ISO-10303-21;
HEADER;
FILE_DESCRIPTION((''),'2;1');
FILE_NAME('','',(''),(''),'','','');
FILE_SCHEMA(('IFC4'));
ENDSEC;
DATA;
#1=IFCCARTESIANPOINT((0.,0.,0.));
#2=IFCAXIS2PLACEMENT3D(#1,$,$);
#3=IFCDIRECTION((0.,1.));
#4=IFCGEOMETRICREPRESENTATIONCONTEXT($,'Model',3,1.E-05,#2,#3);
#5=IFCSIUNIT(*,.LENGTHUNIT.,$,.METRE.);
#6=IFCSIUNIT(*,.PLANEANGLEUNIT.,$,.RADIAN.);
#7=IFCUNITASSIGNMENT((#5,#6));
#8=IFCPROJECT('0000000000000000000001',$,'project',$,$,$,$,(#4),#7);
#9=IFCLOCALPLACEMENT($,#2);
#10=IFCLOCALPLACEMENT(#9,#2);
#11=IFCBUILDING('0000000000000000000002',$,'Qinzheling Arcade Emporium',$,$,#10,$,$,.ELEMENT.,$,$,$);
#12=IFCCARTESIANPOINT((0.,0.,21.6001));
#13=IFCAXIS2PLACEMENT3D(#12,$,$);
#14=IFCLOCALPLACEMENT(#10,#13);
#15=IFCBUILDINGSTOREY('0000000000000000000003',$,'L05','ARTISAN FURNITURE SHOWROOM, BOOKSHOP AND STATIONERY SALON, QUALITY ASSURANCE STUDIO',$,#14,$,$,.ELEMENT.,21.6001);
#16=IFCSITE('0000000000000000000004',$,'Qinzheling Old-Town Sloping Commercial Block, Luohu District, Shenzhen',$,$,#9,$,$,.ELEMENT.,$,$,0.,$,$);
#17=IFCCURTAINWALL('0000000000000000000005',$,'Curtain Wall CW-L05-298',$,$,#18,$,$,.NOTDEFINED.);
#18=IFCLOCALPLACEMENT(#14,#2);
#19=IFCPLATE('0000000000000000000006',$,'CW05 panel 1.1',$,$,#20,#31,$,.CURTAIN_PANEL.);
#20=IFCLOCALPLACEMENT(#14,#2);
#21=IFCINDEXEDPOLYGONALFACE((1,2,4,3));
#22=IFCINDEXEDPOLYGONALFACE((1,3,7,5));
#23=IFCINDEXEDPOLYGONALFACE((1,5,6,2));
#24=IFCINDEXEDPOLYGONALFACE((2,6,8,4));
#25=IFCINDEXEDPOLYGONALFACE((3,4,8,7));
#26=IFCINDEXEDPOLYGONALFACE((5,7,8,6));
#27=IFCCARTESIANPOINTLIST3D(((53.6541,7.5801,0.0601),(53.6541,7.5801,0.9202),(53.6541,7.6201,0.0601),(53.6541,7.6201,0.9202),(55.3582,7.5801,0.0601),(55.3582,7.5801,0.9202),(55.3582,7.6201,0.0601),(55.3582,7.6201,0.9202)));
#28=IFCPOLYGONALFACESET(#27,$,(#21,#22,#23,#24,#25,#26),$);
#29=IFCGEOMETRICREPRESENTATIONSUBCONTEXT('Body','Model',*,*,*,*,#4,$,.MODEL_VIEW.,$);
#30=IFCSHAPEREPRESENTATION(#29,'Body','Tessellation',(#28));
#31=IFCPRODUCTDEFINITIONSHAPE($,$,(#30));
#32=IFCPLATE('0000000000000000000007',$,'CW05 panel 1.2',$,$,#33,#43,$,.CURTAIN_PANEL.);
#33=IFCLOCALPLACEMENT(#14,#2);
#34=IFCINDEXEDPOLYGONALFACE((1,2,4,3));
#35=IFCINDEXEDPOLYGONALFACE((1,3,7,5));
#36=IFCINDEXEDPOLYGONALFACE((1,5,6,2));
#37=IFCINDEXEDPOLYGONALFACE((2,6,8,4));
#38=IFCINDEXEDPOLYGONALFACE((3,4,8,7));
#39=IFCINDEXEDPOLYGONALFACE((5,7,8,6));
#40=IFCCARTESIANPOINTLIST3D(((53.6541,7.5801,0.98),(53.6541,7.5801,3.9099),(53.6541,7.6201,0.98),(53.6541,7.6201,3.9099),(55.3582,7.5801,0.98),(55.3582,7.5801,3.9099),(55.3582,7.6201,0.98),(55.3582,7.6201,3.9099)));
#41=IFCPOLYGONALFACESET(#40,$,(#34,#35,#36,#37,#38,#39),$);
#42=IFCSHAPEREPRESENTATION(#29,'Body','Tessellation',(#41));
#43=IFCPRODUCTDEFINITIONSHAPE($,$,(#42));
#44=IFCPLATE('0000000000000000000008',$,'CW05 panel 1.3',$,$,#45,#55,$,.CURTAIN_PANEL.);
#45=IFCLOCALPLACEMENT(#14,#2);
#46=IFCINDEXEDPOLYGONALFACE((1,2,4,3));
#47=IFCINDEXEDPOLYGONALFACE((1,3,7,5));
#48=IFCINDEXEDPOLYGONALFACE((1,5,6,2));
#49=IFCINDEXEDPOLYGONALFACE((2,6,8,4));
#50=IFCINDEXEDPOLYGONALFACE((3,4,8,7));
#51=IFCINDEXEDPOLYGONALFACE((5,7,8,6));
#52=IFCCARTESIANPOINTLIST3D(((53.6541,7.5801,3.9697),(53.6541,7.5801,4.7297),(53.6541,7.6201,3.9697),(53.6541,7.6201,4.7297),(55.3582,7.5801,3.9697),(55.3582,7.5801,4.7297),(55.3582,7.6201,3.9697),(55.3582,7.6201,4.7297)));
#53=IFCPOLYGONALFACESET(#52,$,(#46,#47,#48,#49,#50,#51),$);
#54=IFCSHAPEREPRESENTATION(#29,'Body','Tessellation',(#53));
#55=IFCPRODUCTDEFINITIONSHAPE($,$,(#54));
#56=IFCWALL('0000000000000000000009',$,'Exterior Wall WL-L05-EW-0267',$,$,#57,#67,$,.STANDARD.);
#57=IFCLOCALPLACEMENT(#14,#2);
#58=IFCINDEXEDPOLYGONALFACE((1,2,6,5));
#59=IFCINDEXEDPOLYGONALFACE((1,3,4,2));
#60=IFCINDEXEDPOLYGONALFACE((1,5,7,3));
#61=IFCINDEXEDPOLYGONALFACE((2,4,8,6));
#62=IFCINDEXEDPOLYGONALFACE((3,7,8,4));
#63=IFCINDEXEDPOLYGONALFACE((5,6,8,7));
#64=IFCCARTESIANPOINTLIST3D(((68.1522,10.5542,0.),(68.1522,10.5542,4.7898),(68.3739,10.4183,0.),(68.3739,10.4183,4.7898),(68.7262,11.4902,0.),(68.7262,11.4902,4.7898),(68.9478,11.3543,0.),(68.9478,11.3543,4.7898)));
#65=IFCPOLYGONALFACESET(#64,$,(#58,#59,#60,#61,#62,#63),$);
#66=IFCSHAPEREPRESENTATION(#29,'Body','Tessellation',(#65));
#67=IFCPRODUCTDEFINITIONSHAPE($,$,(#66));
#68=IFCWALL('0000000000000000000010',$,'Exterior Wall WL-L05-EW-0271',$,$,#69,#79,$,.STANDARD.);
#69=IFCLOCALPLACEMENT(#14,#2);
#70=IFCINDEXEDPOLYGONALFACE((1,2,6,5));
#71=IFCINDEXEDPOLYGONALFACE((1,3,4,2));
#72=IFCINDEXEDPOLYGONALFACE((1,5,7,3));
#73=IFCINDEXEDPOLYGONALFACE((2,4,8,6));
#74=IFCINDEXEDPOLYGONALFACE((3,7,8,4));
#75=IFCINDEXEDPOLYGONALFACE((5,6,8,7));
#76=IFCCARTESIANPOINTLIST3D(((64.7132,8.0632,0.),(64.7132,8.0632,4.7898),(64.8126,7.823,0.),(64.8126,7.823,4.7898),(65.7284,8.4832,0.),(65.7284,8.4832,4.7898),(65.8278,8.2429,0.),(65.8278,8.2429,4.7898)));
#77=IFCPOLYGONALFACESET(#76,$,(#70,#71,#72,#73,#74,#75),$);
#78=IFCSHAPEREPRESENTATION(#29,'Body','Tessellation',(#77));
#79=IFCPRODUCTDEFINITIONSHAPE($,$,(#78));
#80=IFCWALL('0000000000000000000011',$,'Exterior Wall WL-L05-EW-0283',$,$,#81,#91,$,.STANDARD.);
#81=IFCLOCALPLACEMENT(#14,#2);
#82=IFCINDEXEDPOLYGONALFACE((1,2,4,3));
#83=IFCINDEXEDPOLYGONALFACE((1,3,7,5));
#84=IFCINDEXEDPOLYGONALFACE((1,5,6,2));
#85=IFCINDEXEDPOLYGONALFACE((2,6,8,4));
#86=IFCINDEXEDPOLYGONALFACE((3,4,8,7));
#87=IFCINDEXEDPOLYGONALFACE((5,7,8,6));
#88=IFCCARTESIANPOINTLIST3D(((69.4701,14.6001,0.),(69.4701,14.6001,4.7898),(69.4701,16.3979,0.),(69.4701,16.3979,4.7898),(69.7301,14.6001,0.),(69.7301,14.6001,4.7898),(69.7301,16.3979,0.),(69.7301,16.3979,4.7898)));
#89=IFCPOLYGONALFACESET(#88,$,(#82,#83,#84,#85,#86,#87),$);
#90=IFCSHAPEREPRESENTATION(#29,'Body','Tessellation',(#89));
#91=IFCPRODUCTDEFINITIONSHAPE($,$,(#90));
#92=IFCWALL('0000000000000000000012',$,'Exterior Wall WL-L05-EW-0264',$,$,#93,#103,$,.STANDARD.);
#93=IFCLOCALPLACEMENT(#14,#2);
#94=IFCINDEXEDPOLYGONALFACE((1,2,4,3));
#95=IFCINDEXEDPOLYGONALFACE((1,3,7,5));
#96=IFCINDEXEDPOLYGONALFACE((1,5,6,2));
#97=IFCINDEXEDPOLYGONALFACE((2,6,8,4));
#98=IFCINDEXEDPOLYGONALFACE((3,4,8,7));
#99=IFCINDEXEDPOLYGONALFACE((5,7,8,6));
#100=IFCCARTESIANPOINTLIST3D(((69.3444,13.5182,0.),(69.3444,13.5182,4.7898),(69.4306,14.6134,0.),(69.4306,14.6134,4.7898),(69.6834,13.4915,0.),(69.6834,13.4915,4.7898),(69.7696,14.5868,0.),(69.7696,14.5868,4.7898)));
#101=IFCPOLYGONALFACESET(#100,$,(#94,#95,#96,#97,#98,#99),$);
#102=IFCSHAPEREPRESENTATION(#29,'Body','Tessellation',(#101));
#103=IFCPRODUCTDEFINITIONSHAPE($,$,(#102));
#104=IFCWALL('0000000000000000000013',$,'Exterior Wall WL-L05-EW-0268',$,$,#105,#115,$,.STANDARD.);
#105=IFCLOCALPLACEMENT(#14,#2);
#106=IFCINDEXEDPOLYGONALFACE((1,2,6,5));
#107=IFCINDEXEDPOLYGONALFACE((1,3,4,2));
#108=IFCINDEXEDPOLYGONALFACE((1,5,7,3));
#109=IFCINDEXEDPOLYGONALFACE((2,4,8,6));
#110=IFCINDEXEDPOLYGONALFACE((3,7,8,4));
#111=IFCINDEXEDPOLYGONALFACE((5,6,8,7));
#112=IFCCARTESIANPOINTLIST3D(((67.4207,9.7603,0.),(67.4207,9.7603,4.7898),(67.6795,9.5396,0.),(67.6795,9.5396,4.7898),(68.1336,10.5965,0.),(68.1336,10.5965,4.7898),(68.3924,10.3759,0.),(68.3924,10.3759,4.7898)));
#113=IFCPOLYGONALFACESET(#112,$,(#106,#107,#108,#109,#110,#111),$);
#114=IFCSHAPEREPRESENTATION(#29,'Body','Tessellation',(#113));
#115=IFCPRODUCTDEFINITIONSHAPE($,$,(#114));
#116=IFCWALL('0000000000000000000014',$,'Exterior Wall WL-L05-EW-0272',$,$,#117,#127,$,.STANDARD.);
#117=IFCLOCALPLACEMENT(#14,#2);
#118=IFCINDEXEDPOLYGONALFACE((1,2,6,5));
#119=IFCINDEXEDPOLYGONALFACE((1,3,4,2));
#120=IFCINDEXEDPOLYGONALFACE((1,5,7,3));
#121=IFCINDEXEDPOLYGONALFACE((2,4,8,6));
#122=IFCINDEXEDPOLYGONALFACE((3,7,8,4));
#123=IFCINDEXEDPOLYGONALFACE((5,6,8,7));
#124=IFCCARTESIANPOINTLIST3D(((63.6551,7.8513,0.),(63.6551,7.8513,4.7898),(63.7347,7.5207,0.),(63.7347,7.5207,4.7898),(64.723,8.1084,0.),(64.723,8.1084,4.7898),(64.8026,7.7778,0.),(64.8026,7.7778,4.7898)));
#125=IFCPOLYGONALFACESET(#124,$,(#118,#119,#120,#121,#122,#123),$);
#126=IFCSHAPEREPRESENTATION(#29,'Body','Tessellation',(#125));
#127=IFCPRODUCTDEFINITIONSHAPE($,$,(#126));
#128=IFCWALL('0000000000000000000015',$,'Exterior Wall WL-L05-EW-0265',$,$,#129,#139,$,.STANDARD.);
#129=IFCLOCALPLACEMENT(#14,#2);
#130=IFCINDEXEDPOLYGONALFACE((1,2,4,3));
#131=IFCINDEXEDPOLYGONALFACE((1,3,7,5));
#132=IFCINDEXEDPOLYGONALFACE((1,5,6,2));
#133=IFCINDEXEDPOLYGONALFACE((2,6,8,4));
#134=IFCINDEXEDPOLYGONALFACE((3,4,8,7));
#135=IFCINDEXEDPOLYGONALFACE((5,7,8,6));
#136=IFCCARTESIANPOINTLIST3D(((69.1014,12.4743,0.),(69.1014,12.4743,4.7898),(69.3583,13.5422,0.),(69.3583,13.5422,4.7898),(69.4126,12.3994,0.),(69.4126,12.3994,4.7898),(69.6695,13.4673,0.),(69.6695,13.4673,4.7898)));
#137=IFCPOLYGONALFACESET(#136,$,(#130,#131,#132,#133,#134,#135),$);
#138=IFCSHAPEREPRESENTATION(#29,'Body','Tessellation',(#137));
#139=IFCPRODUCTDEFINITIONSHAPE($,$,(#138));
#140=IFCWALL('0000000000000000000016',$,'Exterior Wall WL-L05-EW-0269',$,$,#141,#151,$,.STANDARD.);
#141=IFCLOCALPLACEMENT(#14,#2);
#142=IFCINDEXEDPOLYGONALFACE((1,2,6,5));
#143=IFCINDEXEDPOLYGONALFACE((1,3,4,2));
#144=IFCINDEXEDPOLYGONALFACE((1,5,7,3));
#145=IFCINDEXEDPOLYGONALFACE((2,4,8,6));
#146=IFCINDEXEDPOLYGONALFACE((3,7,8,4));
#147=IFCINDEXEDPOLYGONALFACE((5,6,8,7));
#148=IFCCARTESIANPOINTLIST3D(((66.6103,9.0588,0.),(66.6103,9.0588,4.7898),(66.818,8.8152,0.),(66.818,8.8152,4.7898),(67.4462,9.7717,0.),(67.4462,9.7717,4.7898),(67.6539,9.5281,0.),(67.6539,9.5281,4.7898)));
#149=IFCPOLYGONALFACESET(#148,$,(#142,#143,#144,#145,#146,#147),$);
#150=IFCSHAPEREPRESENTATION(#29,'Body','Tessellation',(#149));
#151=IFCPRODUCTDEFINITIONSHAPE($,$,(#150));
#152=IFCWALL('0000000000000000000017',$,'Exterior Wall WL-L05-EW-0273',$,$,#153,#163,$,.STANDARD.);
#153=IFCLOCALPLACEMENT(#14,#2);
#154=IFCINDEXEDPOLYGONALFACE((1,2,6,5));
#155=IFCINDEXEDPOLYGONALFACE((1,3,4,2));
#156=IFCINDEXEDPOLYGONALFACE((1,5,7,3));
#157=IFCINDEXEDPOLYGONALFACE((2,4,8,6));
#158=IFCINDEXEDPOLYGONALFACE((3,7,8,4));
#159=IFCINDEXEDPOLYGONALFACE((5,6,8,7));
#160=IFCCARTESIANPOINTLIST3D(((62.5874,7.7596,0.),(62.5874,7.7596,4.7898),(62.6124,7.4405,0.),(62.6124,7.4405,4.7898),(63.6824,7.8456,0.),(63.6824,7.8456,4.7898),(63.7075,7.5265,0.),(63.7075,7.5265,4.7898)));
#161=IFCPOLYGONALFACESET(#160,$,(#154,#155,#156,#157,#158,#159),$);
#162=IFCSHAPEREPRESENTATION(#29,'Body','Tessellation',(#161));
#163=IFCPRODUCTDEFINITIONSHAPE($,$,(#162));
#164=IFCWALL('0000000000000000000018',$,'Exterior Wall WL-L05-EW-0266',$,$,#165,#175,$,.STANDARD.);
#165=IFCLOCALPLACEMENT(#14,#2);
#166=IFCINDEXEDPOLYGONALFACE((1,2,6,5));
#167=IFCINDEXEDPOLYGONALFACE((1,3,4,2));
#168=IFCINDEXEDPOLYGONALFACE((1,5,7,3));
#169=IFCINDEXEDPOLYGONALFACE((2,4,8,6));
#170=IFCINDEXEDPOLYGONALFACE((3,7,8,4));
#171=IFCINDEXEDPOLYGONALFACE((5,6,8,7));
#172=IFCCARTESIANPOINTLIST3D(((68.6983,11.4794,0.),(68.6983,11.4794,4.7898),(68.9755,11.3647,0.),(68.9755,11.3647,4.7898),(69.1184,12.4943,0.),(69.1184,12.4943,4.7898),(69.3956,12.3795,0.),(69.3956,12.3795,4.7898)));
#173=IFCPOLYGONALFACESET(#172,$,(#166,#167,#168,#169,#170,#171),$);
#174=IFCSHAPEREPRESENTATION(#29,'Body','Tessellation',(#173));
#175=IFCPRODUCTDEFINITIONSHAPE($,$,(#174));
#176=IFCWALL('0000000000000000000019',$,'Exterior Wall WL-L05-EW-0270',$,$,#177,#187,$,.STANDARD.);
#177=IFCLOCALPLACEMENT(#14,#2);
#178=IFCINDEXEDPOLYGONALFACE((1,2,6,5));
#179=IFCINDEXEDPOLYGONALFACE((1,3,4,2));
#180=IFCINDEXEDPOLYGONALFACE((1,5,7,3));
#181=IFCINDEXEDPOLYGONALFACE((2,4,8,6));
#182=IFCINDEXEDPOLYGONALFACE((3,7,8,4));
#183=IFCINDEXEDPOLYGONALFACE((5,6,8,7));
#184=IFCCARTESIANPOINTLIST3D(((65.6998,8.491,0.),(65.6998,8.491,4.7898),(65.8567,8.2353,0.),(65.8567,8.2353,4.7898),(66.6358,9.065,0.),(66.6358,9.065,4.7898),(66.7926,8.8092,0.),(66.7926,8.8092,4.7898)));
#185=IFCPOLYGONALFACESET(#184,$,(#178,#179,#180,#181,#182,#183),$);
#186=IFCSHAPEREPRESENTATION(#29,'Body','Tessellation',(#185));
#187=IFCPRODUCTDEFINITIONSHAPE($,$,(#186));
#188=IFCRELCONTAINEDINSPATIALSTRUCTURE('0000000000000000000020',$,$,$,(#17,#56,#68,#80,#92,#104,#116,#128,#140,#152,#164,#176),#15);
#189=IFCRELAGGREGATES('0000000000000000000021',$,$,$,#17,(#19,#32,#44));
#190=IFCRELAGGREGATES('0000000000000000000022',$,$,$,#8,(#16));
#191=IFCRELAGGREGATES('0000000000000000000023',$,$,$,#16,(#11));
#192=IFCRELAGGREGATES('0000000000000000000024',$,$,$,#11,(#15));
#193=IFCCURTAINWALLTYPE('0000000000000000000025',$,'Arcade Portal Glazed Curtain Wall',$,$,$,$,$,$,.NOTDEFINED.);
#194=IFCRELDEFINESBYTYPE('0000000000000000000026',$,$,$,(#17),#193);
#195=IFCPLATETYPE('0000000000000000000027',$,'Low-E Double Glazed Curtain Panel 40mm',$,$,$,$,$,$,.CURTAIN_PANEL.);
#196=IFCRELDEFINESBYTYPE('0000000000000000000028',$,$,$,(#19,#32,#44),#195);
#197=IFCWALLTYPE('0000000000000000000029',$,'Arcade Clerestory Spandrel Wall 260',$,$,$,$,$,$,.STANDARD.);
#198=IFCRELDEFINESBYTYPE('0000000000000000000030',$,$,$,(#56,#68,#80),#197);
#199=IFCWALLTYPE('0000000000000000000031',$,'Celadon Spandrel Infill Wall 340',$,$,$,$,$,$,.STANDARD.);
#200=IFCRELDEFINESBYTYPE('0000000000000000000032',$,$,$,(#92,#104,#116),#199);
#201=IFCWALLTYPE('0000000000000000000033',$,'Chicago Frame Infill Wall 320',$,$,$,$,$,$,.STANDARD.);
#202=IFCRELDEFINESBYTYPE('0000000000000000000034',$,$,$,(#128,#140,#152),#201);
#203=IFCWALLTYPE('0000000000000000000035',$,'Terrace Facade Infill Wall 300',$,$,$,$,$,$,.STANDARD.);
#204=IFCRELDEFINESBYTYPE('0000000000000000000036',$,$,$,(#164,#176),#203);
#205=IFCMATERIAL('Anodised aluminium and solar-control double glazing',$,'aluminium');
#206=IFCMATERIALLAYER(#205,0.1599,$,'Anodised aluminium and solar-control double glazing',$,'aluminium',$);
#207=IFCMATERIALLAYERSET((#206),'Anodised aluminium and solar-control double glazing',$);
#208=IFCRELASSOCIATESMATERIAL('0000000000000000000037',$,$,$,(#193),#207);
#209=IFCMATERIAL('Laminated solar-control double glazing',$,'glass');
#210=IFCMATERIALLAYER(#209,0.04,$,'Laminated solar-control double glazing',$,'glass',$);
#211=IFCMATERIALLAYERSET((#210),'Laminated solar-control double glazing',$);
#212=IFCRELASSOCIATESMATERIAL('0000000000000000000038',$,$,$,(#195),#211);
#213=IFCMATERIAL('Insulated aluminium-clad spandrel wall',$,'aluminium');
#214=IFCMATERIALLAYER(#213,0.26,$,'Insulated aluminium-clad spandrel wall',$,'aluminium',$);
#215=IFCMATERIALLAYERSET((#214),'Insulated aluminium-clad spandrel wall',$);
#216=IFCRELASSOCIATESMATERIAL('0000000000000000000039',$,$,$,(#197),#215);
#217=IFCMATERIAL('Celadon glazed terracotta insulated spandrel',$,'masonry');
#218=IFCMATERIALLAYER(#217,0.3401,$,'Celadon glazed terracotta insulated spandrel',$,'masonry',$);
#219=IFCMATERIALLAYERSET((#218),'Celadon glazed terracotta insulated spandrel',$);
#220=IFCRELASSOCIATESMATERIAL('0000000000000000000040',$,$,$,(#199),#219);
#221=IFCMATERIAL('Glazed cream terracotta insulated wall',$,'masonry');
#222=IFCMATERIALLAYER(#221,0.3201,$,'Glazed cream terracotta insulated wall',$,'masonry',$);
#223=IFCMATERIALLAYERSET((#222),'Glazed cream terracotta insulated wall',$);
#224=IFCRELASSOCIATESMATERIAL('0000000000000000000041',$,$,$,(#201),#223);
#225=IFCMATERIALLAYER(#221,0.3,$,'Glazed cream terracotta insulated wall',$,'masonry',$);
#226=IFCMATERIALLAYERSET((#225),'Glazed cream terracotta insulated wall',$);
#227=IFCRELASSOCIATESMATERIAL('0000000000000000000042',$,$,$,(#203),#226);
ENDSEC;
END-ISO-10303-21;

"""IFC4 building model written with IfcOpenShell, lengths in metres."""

from ifc_helpers import new_model, si_unit, direction, frame, frame_2d, origin, origin_2d, place, context, subcontext, project, spatial, rectangle, extrude, material, layer, layer_set, type_object, element, aggregate, save


model = new_model("IFC4")

# Units and contexts
model_context = context("Model", 3, precision=1e-05, world=origin(), true_north=direction((0.0, 1.0)))
body_context = subcontext(model_context, "Body", "Model", "MODEL_VIEW")
ifc_project = project(units=[si_unit("LENGTHUNIT", "METRE"), si_unit("PLANEANGLEUNIT", "RADIAN")], contexts=[model_context])

# Site, building, storey
site_placement = place(None, origin())
site = spatial("IfcSite", under=ifc_project, at=site_placement, Name="Qinzheling Old-Town Sloping Commercial Block, Luohu District, Shenzhen", CompositionType="ELEMENT", RefElevation=0.0)
building_placement = place(site_placement, origin())
building = spatial("IfcBuilding", under=site, at=building_placement, Name="Qinzheling Arcade Emporium", CompositionType="ELEMENT")
storey_placement = place(building_placement, frame((0.0, 0.0, 21.6001)))
storey = spatial("IfcBuildingStorey", under=building, at=storey_placement, Name="L05", Description="ARTISAN FURNITURE SHOWROOM, BOOKSHOP AND STATIONERY SALON, QUALITY ASSURANCE STUDIO", CompositionType="ELEMENT", Elevation=21.6001)

# Curtain wall
ifc_material_1 = material(Name="Anodised aluminium and solar-control double glazing", Category="aluminium")
ifc_layer_1 = layer(ifc_material_1, 0.1599, Name="Anodised aluminium and solar-control double glazing", Category="aluminium")
ifc_layer_set_1 = layer_set([ifc_layer_1], Name="Anodised aluminium and solar-control double glazing")
curtain_wall_type = type_object("IfcCurtainWallType", Name="Arcade Portal Glazed Curtain Wall", PredefinedType="NOTDEFINED", material=ifc_layer_set_1)
curtain_wall_placement = place(storey_placement, origin())
curtain_wall = element("IfcCurtainWall", 1, at=curtain_wall_placement, inside=storey, type_object=curtain_wall_type, Name="Curtain Wall CW-L05-298", PredefinedType="NOTDEFINED")

# Plates
ifc_material_2 = material(Name="Laminated solar-control double glazing", Category="glass")
ifc_layer_2 = layer(ifc_material_2, 0.04, Name="Laminated solar-control double glazing", Category="glass")
ifc_layer_set_2 = layer_set([ifc_layer_2], Name="Laminated solar-control double glazing")
plate_type = type_object("IfcPlateType", Name="Low-E Double Glazed Curtain Panel 40mm", PredefinedType="CURTAIN_PANEL", material=ifc_layer_set_2)
plate_1_placement = place(storey_placement, frame((54.5061, 7.6001, 0.0601), z_axis=(0.0, 0.0, 1.0), x_axis=(-1.0, 0.0, 0.0)))
plate_1 = element("IfcPlate", 2, at=plate_1_placement, type_object=plate_type, Name="CW05 panel 1.1", PredefinedType="CURTAIN_PANEL", context=body_context, shape_type="SweptSolid", body=[
    extrude(rectangle(XDim=1.7041, YDim=0.04, at=origin_2d()), origin(), (0.0, 0.0, 1.0), 0.8601),
])
plate_2_placement = place(storey_placement, frame((54.5061, 7.6001, 0.98), z_axis=(0.0, 0.0, 1.0), x_axis=(-1.0, 0.0, 0.0)))
plate_2 = element("IfcPlate", 3, at=plate_2_placement, type_object=plate_type, Name="CW05 panel 1.2", PredefinedType="CURTAIN_PANEL", context=body_context, shape_type="SweptSolid", body=[
    extrude(rectangle(XDim=1.7041, YDim=0.04, at=origin_2d()), origin(), (0.0, 0.0, 1.0), 2.9299),
])
plate_3_placement = place(storey_placement, frame((54.5061, 7.6001, 3.9697), z_axis=(0.0, 0.0, 1.0), x_axis=(-1.0, 0.0, 0.0)))
plate_3 = element("IfcPlate", 4, at=plate_3_placement, type_object=plate_type, Name="CW05 panel 1.3", PredefinedType="CURTAIN_PANEL", context=body_context, shape_type="SweptSolid", body=[
    extrude(rectangle(XDim=1.7041, YDim=0.04, at=origin_2d()), origin(), (0.0, 0.0, 1.0), 0.76),
])
aggregate(curtain_wall, [plate_1, plate_2, plate_3])

# Walls
ifc_material_3 = material(Name="Insulated aluminium-clad spandrel wall", Category="aluminium")
ifc_layer_3 = layer(ifc_material_3, 0.26, Name="Insulated aluminium-clad spandrel wall", Category="aluminium")
ifc_layer_set_3 = layer_set([ifc_layer_3], Name="Insulated aluminium-clad spandrel wall")
wall_type_1 = type_object("IfcWallType", Name="Arcade Clerestory Spandrel Wall 260", PredefinedType="STANDARD", material=ifc_layer_set_3)
wall_1_placement = place(storey_placement, frame((68.8369, 11.4221, 0.0), z_axis=(0.0, 0.0, 1.0), x_axis=(-0.522745, -0.852489, 0.0)))
element("IfcWall", 5, at=wall_1_placement, inside=storey, type_object=wall_type_1, Name="Exterior Wall WL-L05-EW-0267", PredefinedType="STANDARD", context=body_context, shape_type="SweptSolid", body=[
    extrude(rectangle(XDim=1.0979, YDim=0.26, at=frame_2d((0.5488, 0.0))), origin(), (0.0, 0.0, 1.0), 4.7898),
])
wall_2_placement = place(storey_placement, frame((65.7781, 8.363, 0.0), z_axis=(0.0, 0.0, 1.0), x_axis=(-0.92406, -0.382247, 0.0)))
element("IfcWall", 6, at=wall_2_placement, inside=storey, type_object=wall_type_1, Name="Exterior Wall WL-L05-EW-0271", PredefinedType="STANDARD", context=body_context, shape_type="SweptSolid", body=[
    extrude(rectangle(XDim=1.0986, YDim=0.26, at=frame_2d((0.5493, 0.0))), origin(), (0.0, 0.0, 1.0), 4.7898),
])
wall_3_placement = place(storey_placement, frame((69.6001, 16.3979, 0.0), z_axis=(0.0, 0.0, 1.0), x_axis=(0.0, -1.0, 0.0)))
element("IfcWall", 7, at=wall_3_placement, inside=storey, type_object=wall_type_1, Name="Exterior Wall WL-L05-EW-0283", PredefinedType="STANDARD", context=body_context, shape_type="SweptSolid", body=[
    extrude(rectangle(XDim=1.7979, YDim=0.26, at=frame_2d((0.8989, 0.0))), origin(), (0.0, 0.0, 1.0), 4.7898),
])
ifc_material_4 = material(Name="Celadon glazed terracotta insulated spandrel", Category="masonry")
ifc_layer_4 = layer(ifc_material_4, 0.3401, Name="Celadon glazed terracotta insulated spandrel", Category="masonry")
ifc_layer_set_4 = layer_set([ifc_layer_4], Name="Celadon glazed terracotta insulated spandrel")
wall_type_2 = type_object("IfcWallType", Name="Celadon Spandrel Infill Wall 340", PredefinedType="STANDARD", material=ifc_layer_set_4)
wall_4_placement = place(storey_placement, frame((69.6001, 14.6001, 0.0), z_axis=(0.0, 0.0, 1.0), x_axis=(-0.078447, -0.996918, 0.0)))
element("IfcWall", 8, at=wall_4_placement, inside=storey, type_object=wall_type_2, Name="Exterior Wall WL-L05-EW-0264", PredefinedType="STANDARD", context=body_context, shape_type="SweptSolid", body=[
    extrude(rectangle(XDim=1.0986, YDim=0.3401, at=frame_2d((0.5493, 0.0))), origin(), (0.0, 0.0, 1.0), 4.7898),
])
wall_5_placement = place(storey_placement, frame((68.2629, 10.4861, 0.0), z_axis=(0.0, 0.0, 1.0), x_axis=(-0.648776, -0.760979, 0.0)))
element("IfcWall", 9, at=wall_5_placement, inside=storey, type_object=wall_type_2, Name="Exterior Wall WL-L05-EW-0268", PredefinedType="STANDARD", context=body_context, shape_type="SweptSolid", body=[
    extrude(rectangle(XDim=1.0989, YDim=0.3401, at=frame_2d((0.5493, 0.0))), origin(), (0.0, 0.0, 1.0), 4.7898),
])
wall_6_placement = place(storey_placement, frame((64.7629, 7.9431, 0.0), z_axis=(0.0, 0.0, 1.0), x_axis=(-0.972224, -0.234054, 0.0)))
element("IfcWall", 10, at=wall_6_placement, inside=storey, type_object=wall_type_2, Name="Exterior Wall WL-L05-EW-0272", PredefinedType="STANDARD", context=body_context, shape_type="SweptSolid", body=[
    extrude(rectangle(XDim=1.0984, YDim=0.3401, at=frame_2d((0.5493, 0.0))), origin(), (0.0, 0.0, 1.0), 4.7898),
])
ifc_material_5 = material(Name="Glazed cream terracotta insulated wall", Category="masonry")
ifc_layer_5 = layer(ifc_material_5, 0.3201, Name="Glazed cream terracotta insulated wall", Category="masonry")
ifc_layer_set_5 = layer_set([ifc_layer_5], Name="Glazed cream terracotta insulated wall")
wall_type_3 = type_object("IfcWallType", Name="Chicago Frame Infill Wall 320", PredefinedType="STANDARD", material=ifc_layer_set_5)
wall_7_placement = place(storey_placement, frame((69.5139, 13.5049, 0.0), z_axis=(0.0, 0.0, 1.0), x_axis=(-0.233844, -0.972274, 0.0)))
element("IfcWall", 11, at=wall_7_placement, inside=storey, type_object=wall_type_3, Name="Exterior Wall WL-L05-EW-0265", PredefinedType="STANDARD", context=body_context, shape_type="SweptSolid", body=[
    extrude(rectangle(XDim=1.0984, YDim=0.3201, at=frame_2d((0.5493, 0.0))), origin(), (0.0, 0.0, 1.0), 4.7898),
])
wall_8_placement = place(storey_placement, frame((67.55, 9.6499, 0.0), z_axis=(0.0, 0.0, 1.0), x_axis=(-0.760886, -0.648886, 0.0)))
element("IfcWall", 12, at=wall_8_placement, inside=storey, type_object=wall_type_3, Name="Exterior Wall WL-L05-EW-0269", PredefinedType="STANDARD", context=body_context, shape_type="SweptSolid", body=[
    extrude(rectangle(XDim=1.0986, YDim=0.3201, at=frame_2d((0.5493, 0.0))), origin(), (0.0, 0.0, 1.0), 4.7898),
])
wall_9_placement = place(storey_placement, frame((63.6951, 7.686, 0.0), z_axis=(0.0, 0.0, 1.0), x_axis=(-0.996934, -0.078243, 0.0)))
element("IfcWall", 13, at=wall_9_placement, inside=storey, type_object=wall_type_3, Name="Exterior Wall WL-L05-EW-0273", PredefinedType="STANDARD", context=body_context, shape_type="SweptSolid", body=[
    extrude(rectangle(XDim=1.0984, YDim=0.3201, at=frame_2d((0.5493, 0.0))), origin(), (0.0, 0.0, 1.0), 4.7898),
])
ifc_layer_6 = layer(ifc_material_5, 0.3, Name="Glazed cream terracotta insulated wall", Category="masonry")
ifc_layer_set_6 = layer_set([ifc_layer_6], Name="Glazed cream terracotta insulated wall")
wall_type_4 = type_object("IfcWallType", Name="Terrace Facade Infill Wall 300", PredefinedType="STANDARD", material=ifc_layer_set_6)
wall_10_placement = place(storey_placement, frame((69.2571, 12.437, 0.0), z_axis=(0.0, 0.0, 1.0), x_axis=(-0.382515, -0.923949, 0.0)))
element("IfcWall", 14, at=wall_10_placement, inside=storey, type_object=wall_type_4, Name="Exterior Wall WL-L05-EW-0266", PredefinedType="STANDARD", context=body_context, shape_type="SweptSolid", body=[
    extrude(rectangle(XDim=1.0984, YDim=0.3, at=frame_2d((0.5493, 0.0))), origin(), (0.0, 0.0, 1.0), 4.7898),
])
wall_11_placement = place(storey_placement, frame((66.7141, 8.937, 0.0), z_axis=(0.0, 0.0, 1.0), x_axis=(-0.852489, -0.522745, 0.0)))
element("IfcWall", 15, at=wall_11_placement, inside=storey, type_object=wall_type_4, Name="Exterior Wall WL-L05-EW-0270", PredefinedType="STANDARD", context=body_context, shape_type="SweptSolid", body=[
    extrude(rectangle(XDim=1.0979, YDim=0.3, at=frame_2d((0.5488, 0.0))), origin(), (0.0, 0.0, 1.0), 4.7898),
])

save(model, "model.ifc")
